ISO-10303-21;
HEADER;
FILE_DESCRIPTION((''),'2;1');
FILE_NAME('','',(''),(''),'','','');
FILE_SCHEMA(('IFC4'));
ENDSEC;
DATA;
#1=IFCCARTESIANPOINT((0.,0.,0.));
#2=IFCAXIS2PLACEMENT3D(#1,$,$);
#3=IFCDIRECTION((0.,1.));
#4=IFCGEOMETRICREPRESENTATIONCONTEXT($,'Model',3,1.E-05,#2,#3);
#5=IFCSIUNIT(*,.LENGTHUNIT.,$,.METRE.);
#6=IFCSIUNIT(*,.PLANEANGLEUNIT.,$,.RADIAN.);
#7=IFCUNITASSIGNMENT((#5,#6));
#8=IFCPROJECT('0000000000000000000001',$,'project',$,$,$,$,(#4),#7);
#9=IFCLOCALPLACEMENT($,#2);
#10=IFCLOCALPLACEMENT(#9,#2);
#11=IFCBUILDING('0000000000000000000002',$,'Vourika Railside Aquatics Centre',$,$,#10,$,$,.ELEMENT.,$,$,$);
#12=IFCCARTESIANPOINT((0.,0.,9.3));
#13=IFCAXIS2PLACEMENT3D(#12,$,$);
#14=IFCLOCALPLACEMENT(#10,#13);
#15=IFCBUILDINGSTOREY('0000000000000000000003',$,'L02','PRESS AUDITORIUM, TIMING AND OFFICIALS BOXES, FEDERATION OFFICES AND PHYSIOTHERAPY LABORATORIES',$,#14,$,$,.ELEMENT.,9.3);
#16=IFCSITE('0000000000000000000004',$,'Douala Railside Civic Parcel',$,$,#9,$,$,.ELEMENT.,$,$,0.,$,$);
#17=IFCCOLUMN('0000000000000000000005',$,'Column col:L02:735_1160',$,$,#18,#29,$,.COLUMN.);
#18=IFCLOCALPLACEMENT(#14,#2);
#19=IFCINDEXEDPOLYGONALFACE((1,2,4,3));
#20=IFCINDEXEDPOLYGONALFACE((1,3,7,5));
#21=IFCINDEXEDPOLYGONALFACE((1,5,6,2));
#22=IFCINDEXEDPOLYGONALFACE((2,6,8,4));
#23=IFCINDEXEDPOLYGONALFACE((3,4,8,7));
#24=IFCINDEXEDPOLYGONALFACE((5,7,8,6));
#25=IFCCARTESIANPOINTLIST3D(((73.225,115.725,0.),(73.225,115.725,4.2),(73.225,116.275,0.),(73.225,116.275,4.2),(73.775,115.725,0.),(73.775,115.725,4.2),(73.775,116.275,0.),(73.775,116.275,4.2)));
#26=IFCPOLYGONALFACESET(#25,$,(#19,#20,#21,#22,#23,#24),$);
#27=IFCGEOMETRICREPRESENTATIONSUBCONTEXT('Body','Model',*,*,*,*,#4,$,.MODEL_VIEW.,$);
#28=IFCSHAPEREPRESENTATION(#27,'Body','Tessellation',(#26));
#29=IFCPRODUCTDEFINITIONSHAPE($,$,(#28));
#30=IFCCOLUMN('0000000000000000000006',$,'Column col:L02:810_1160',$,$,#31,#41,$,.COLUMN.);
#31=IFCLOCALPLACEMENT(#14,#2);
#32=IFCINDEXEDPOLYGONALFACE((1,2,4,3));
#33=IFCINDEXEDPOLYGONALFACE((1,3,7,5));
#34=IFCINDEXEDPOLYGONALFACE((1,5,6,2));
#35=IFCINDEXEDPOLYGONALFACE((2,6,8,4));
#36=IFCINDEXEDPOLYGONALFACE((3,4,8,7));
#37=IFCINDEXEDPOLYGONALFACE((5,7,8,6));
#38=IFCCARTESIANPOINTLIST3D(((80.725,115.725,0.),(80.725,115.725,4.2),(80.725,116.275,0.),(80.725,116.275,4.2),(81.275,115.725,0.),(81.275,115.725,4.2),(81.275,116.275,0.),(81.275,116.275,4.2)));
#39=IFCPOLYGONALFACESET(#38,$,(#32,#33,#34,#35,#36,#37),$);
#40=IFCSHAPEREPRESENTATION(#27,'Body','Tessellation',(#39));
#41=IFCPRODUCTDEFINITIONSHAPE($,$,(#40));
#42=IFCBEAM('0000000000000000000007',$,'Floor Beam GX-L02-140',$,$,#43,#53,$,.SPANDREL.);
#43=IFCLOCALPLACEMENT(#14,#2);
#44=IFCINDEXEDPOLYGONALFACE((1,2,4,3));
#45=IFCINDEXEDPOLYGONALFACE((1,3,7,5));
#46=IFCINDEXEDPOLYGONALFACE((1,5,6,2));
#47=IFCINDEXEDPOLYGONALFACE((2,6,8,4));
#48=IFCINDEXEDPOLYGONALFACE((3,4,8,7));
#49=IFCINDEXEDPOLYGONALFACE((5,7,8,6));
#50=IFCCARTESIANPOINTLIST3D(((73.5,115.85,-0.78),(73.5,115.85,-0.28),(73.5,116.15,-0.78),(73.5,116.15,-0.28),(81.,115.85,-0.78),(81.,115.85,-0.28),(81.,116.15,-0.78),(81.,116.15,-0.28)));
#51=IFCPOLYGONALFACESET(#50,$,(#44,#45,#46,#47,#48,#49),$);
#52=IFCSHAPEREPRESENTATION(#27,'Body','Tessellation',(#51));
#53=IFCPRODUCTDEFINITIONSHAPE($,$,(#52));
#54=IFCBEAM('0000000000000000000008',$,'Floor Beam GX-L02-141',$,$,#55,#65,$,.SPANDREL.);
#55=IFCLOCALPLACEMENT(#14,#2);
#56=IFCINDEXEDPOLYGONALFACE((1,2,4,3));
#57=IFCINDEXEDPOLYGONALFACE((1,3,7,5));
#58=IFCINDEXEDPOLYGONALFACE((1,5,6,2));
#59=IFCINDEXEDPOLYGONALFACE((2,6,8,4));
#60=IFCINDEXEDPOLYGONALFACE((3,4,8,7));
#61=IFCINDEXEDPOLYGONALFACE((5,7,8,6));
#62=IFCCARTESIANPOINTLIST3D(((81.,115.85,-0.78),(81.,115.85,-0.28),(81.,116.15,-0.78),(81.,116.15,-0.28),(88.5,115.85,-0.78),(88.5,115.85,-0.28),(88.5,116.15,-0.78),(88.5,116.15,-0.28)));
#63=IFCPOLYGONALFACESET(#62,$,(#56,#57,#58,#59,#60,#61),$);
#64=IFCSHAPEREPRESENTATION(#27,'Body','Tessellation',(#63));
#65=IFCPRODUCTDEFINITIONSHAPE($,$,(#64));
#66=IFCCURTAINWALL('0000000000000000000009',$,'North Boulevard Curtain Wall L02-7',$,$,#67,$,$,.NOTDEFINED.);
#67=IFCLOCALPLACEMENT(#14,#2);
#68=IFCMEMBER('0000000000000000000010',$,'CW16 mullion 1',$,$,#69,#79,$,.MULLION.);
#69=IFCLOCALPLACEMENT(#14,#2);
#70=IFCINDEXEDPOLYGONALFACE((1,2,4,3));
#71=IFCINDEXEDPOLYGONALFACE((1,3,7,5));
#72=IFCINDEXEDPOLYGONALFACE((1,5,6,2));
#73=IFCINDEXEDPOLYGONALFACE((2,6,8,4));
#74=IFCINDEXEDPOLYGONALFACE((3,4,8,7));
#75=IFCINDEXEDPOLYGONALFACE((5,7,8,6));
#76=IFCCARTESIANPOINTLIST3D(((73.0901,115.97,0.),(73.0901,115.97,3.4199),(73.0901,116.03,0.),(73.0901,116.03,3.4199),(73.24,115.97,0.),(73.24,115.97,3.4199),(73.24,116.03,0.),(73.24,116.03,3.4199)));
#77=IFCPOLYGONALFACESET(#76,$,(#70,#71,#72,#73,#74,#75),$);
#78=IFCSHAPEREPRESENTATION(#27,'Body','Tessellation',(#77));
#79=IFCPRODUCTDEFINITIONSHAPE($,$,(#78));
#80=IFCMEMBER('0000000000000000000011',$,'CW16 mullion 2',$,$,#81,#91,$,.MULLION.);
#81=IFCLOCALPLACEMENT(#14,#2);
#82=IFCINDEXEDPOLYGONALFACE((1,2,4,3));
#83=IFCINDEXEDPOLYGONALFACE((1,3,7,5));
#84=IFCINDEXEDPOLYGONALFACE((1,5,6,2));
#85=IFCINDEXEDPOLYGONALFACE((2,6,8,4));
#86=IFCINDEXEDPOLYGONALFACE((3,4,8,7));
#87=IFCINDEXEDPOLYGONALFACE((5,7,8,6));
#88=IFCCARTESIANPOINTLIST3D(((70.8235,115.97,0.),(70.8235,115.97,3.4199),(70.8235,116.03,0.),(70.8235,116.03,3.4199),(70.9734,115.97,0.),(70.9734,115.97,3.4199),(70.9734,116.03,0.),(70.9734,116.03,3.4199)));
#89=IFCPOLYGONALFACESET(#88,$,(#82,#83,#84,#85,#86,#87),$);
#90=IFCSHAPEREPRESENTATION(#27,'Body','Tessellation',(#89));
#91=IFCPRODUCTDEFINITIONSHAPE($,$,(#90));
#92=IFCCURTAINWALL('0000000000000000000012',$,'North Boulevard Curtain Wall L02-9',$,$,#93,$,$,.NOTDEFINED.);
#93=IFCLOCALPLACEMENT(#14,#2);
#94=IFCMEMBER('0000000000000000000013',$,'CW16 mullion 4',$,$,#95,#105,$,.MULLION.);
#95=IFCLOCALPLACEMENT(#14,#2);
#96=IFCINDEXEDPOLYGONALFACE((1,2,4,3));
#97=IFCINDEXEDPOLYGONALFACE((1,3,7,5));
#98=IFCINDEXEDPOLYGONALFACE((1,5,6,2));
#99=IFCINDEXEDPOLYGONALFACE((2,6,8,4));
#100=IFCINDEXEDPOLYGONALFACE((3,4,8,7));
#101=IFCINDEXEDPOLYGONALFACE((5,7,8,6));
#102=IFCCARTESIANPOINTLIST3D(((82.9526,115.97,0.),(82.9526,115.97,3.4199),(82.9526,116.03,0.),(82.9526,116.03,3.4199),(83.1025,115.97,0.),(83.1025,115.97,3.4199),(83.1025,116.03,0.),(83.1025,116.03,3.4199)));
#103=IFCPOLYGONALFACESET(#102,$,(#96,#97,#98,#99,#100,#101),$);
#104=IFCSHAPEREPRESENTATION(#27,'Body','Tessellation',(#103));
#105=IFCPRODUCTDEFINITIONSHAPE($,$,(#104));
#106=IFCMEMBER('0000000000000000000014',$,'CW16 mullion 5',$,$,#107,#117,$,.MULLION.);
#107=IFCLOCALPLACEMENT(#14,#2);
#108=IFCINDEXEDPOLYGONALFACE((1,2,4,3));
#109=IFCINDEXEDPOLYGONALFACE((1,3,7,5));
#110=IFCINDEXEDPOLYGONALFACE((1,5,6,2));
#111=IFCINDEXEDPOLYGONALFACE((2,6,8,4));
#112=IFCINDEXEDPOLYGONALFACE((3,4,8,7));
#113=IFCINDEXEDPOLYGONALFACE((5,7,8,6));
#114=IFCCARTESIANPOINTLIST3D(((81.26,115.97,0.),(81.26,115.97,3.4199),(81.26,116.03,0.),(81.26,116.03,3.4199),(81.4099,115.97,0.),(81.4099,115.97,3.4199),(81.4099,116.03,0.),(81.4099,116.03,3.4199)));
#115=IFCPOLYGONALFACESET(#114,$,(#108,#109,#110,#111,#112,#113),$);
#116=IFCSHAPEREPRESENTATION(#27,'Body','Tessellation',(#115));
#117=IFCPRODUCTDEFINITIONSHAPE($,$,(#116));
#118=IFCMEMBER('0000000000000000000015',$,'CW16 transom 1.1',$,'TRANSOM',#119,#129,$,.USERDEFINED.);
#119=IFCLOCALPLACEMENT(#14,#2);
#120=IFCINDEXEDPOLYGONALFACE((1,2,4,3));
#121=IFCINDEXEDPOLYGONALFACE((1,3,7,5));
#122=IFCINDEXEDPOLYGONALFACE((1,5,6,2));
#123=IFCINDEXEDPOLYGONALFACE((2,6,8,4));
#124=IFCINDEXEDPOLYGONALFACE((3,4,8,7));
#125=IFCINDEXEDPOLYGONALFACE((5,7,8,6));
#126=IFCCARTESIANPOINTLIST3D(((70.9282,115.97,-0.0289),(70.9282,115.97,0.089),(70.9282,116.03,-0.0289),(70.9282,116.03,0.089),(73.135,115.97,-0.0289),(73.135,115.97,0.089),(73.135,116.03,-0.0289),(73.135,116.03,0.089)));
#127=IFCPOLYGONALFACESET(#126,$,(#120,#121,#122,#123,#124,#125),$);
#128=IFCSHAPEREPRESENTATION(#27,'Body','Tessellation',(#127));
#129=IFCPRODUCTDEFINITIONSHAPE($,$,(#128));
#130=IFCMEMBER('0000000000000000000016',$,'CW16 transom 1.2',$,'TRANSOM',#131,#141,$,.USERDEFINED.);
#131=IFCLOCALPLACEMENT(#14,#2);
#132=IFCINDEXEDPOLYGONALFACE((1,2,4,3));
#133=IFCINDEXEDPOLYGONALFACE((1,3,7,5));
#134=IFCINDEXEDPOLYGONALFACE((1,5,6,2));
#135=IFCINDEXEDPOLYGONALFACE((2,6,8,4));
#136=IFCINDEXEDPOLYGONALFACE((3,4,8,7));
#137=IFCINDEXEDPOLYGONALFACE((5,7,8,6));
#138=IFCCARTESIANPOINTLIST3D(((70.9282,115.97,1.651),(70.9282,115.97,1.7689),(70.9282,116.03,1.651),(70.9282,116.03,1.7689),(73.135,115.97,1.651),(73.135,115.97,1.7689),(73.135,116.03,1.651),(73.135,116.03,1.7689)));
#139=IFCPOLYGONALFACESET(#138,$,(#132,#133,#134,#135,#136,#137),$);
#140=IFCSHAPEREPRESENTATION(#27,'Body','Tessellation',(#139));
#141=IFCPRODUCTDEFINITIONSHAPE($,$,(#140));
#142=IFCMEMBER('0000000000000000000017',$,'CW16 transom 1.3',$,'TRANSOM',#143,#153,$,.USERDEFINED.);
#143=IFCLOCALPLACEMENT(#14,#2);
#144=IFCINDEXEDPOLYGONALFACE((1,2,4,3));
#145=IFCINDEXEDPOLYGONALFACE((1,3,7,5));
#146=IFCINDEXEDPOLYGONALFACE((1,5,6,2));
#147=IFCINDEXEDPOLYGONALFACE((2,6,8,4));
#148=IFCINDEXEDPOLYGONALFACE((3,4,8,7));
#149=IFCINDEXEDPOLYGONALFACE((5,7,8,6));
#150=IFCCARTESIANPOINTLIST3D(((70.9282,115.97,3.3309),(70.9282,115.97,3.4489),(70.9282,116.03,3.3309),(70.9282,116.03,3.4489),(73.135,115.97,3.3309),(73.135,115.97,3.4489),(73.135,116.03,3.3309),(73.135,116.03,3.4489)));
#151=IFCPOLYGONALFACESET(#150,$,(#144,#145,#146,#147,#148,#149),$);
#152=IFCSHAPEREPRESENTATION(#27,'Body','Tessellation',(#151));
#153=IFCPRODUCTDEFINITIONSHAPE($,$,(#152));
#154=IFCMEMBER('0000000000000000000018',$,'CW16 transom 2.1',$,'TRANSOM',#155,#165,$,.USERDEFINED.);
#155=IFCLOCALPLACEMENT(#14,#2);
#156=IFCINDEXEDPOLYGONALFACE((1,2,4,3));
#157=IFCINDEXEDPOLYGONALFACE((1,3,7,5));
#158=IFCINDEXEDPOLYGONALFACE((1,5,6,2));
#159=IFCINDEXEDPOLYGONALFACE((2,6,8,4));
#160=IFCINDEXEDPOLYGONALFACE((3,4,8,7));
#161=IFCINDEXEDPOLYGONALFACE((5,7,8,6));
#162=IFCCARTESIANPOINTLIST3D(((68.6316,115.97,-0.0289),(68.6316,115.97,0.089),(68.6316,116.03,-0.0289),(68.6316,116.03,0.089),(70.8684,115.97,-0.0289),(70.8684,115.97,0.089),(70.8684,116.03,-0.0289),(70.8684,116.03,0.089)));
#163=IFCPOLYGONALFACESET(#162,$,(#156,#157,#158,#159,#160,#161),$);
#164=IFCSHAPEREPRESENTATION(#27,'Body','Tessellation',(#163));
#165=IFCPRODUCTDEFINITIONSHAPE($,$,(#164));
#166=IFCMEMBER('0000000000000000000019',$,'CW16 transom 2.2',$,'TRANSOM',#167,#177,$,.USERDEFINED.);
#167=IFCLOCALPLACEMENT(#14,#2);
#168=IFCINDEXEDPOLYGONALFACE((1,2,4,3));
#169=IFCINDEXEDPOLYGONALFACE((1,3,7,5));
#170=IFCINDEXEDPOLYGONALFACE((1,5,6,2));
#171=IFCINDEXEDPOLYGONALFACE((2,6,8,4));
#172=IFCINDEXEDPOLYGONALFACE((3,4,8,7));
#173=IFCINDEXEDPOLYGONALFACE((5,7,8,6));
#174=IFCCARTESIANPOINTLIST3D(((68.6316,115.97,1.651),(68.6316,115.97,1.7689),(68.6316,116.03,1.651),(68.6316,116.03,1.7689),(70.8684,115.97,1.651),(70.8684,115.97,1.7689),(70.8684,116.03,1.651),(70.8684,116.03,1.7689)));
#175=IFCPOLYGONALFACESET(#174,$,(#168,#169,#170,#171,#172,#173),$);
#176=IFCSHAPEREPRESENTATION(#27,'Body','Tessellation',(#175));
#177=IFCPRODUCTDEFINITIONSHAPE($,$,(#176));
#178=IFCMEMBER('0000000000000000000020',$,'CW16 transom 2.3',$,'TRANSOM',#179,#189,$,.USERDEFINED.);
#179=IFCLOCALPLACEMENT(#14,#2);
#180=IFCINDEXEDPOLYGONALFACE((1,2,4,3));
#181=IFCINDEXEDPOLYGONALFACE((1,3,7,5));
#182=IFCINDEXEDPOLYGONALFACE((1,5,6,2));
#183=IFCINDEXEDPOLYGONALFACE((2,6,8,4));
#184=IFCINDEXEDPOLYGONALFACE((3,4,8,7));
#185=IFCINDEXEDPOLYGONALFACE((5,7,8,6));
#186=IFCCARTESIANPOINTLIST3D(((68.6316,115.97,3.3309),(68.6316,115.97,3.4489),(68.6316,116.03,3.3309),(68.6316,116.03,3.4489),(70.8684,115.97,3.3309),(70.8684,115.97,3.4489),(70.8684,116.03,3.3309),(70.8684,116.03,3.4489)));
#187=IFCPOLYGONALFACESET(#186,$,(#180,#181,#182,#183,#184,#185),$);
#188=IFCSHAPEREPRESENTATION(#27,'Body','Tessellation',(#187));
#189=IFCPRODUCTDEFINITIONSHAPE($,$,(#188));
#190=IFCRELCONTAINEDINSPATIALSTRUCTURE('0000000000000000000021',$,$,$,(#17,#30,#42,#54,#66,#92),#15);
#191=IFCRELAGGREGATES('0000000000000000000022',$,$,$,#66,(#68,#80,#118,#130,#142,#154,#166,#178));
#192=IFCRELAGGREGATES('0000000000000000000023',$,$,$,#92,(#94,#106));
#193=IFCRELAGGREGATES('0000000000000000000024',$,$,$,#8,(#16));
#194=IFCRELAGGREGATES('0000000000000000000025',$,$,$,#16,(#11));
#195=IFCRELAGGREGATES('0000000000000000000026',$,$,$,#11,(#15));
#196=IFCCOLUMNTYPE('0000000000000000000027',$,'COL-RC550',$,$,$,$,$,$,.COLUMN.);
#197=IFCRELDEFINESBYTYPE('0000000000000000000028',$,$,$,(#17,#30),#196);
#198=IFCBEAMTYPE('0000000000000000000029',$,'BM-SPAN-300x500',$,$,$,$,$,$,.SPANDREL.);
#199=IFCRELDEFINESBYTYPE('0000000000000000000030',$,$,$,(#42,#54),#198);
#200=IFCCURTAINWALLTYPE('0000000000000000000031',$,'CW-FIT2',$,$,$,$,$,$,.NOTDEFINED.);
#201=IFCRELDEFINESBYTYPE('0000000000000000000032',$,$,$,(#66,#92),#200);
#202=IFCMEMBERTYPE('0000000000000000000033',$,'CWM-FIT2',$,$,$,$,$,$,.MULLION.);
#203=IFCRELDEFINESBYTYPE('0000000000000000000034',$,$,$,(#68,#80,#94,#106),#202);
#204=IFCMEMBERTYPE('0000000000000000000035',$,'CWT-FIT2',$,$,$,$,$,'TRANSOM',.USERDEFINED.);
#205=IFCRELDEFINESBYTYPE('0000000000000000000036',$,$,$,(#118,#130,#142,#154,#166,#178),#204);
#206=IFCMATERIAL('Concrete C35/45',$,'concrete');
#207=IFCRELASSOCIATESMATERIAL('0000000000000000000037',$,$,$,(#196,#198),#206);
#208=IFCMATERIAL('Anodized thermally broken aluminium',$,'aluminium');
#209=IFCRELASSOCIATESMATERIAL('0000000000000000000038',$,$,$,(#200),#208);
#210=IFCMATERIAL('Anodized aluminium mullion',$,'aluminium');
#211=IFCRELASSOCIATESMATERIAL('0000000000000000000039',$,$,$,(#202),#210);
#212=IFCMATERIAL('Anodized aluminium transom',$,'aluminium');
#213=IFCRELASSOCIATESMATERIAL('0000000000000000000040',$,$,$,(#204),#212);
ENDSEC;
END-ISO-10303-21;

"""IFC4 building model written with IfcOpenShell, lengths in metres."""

from ifc_helpers import new_model, si_unit, direction, frame, origin, origin_2d, place, context, subcontext, project, spatial, rectangle, extrude, material, material_profile, profile_set, type_object, element, aggregate, save


model = new_model("IFC4")

# Units and contexts
model_context = context("Model", 3, precision=1e-05, world=origin(), true_north=direction((0.0, 1.0)))
body_context = subcontext(model_context, "Body", "Model", "MODEL_VIEW")
ifc_project = project(units=[si_unit("LENGTHUNIT", "METRE"), si_unit("PLANEANGLEUNIT", "RADIAN")], contexts=[model_context])

# Site, building, storey
site_placement = place(None, origin())
site = spatial("IfcSite", under=ifc_project, at=site_placement, Name="Douala Railside Civic Parcel", CompositionType="ELEMENT", RefElevation=0.0)
building_placement = place(site_placement, origin())
building = spatial("IfcBuilding", under=site, at=building_placement, Name="Vourika Railside Aquatics Centre", CompositionType="ELEMENT")
storey_placement = place(building_placement, frame((0.0, 0.0, 9.3)))
storey = spatial("IfcBuildingStorey", under=building, at=storey_placement, Name="L02", Description="PRESS AUDITORIUM, TIMING AND OFFICIALS BOXES, FEDERATION OFFICES AND PHYSIOTHERAPY LABORATORIES", CompositionType="ELEMENT", Elevation=9.3)

# Columns
ifc_material_1 = material(Name="Concrete C35/45", Category="concrete")
ifc_material_profile_1 = material_profile(ifc_material_1, rectangle(XDim=0.55, YDim=0.55, at=origin_2d()), Name="RC 550x550")
ifc_profile_set_1 = profile_set([ifc_material_profile_1], Name="Concrete C35/45")
column_type = type_object("IfcColumnType", Name="COL-RC550", PredefinedType="COLUMN", material=ifc_profile_set_1)
for number, where, z_axis, x_axis, name in (
    (1, (73.5, 116.0, 0.0), (0.0, 0.0, 1.0), (1.0, 0.0, 0.0), "Column col:L02:735_1160"),
    (2, (81.0, 116.0, 0.0), (0.0, 0.0, 1.0), (1.0, 0.0, 0.0), "Column col:L02:810_1160"),
):
    element("IfcColumn", number, at=place(storey_placement, frame(where, z_axis=z_axis, x_axis=x_axis)), inside=storey, type_object=column_type, Name=name, PredefinedType="COLUMN", context=body_context, shape_type="SweptSolid", body=[
        extrude(rectangle(XDim=0.55, YDim=0.55, at=origin_2d()), origin(), (0.0, 0.0, 1.0), 4.2),
    ])

# Beams
ifc_material_profile_2 = material_profile(ifc_material_1, rectangle(XDim=0.3, YDim=0.5, at=origin_2d()), Name="RC 300x500")
ifc_profile_set_2 = profile_set([ifc_material_profile_2], Name="Concrete C35/45")
beam_type = type_object("IfcBeamType", Name="BM-SPAN-300x500", PredefinedType="SPANDREL", material=ifc_profile_set_2)
for number, where, z_axis, x_axis, name in (
    (3, (73.5, 116.0, -0.53), (1.0, 0.0, 0.0), (0.0, 1.0, 0.0), "Floor Beam GX-L02-140"),
    (4, (81.0, 116.0, -0.53), (1.0, 0.0, 0.0), (0.0, 1.0, 0.0), "Floor Beam GX-L02-141"),
):
    element("IfcBeam", number, at=place(storey_placement, frame(where, z_axis=z_axis, x_axis=x_axis)), inside=storey, type_object=beam_type, Name=name, PredefinedType="SPANDREL", context=body_context, shape_type="SweptSolid", body=[
        extrude(rectangle(XDim=0.3, YDim=0.5, at=origin_2d()), origin(), (0.0, 0.0, 1.0), 7.5),
    ])

# Curtain walls, members
ifc_material_2 = material(Name="Anodized thermally broken aluminium", Category="aluminium")
curtain_wall_type = type_object("IfcCurtainWallType", Name="CW-FIT2", PredefinedType="NOTDEFINED", material=ifc_material_2)
curtain_wall_1_placement = place(storey_placement, origin())
curtain_wall_1 = element("IfcCurtainWall", 5, at=curtain_wall_1_placement, inside=storey, type_object=curtain_wall_type, Name="North Boulevard Curtain Wall L02-7", PredefinedType="NOTDEFINED")
ifc_material_3 = material(Name="Anodized aluminium mullion", Category="aluminium")
ifc_material_profile_3 = material_profile(ifc_material_3, rectangle(XDim=0.0601, YDim=0.1499, at=origin_2d()), Name="ALU-M 60x150")
ifc_profile_set_3 = profile_set([ifc_material_profile_3], Name="Anodized aluminium mullion")
member_type_1 = type_object("IfcMemberType", Name="CWM-FIT2", PredefinedType="MULLION", material=ifc_profile_set_3)
member_1_placement = place(storey_placement, frame((73.165, 116.0, 0.0), z_axis=(0.0, 0.0, 1.0), x_axis=(0.0, -1.0, 0.0)))
member_1 = element("IfcMember", 6, at=member_1_placement, type_object=member_type_1, Name="CW16 mullion 1", PredefinedType="MULLION", context=body_context, shape_type="SweptSolid", body=[
    extrude(rectangle(XDim=0.0601, YDim=0.1499, at=origin_2d()), origin(), (0.0, 0.0, 1.0), 3.4199),
])
member_2_placement = place(storey_placement, frame((70.8984, 116.0, 0.0), z_axis=(0.0, 0.0, 1.0), x_axis=(0.0, -1.0, 0.0)))
member_2 = element("IfcMember", 7, at=member_2_placement, type_object=member_type_1, Name="CW16 mullion 2", PredefinedType="MULLION", context=body_context, shape_type="SweptSolid", body=[
    extrude(rectangle(XDim=0.0601, YDim=0.1499, at=origin_2d()), origin(), (0.0, 0.0, 1.0), 3.4199),
])
curtain_wall_2_placement = place(storey_placement, origin())
curtain_wall_2 = element("IfcCurtainWall", 8, at=curtain_wall_2_placement, inside=storey, type_object=curtain_wall_type, Name="North Boulevard Curtain Wall L02-9", PredefinedType="NOTDEFINED")
member_3_placement = place(storey_placement, frame((83.0276, 116.0, 0.0), z_axis=(0.0, 0.0, 1.0), x_axis=(0.0, -1.0, 0.0)))
member_3 = element("IfcMember", 9, at=member_3_placement, type_object=member_type_1, Name="CW16 mullion 4", PredefinedType="MULLION", context=body_context, shape_type="SweptSolid", body=[
    extrude(rectangle(XDim=0.0601, YDim=0.1499, at=origin_2d()), origin(), (0.0, 0.0, 1.0), 3.4199),
])
member_4_placement = place(storey_placement, frame((81.335, 116.0, 0.0), z_axis=(0.0, 0.0, 1.0), x_axis=(0.0, -1.0, 0.0)))
member_4 = element("IfcMember", 10, at=member_4_placement, type_object=member_type_1, Name="CW16 mullion 5", PredefinedType="MULLION", context=body_context, shape_type="SweptSolid", body=[
    extrude(rectangle(XDim=0.0601, YDim=0.1499, at=origin_2d()), origin(), (0.0, 0.0, 1.0), 3.4199),
])

# Members
ifc_material_4 = material(Name="Anodized aluminium transom", Category="aluminium")
ifc_material_profile_4 = material_profile(ifc_material_4, rectangle(XDim=0.0601, YDim=0.1179, at=origin_2d()), Name="ALU-T 60x118")
ifc_profile_set_4 = profile_set([ifc_material_profile_4], Name="Anodized aluminium transom")
member_type_2 = type_object("IfcMemberType", Name="CWT-FIT2", ElementType="TRANSOM", PredefinedType="USERDEFINED", material=ifc_profile_set_4)
member_5_placement = place(storey_placement, frame((73.135, 116.0, 0.03), z_axis=(-1.0, 0.0, 0.0), x_axis=(0.0, -1.0, 0.0)))
member_5 = element("IfcMember", 11, at=member_5_placement, type_object=member_type_2, Name="CW16 transom 1.1", ObjectType="TRANSOM", PredefinedType="USERDEFINED", context=body_context, shape_type="SweptSolid", body=[
    extrude(rectangle(XDim=0.0601, YDim=0.1179, at=origin_2d()), origin(), (0.0, 0.0, 1.0), 2.2068),
])
member_6_placement = place(storey_placement, frame((73.135, 116.0, 1.71), z_axis=(-1.0, 0.0, 0.0), x_axis=(0.0, -1.0, 0.0)))
member_6 = element("IfcMember", 12, at=member_6_placement, type_object=member_type_2, Name="CW16 transom 1.2", ObjectType="TRANSOM", PredefinedType="USERDEFINED", context=body_context, shape_type="SweptSolid", body=[
    extrude(rectangle(XDim=0.0601, YDim=0.1179, at=origin_2d()), origin(), (0.0, 0.0, 1.0), 2.2068),
])
member_7_placement = place(storey_placement, frame((73.135, 116.0, 3.3899), z_axis=(-1.0, 0.0, 0.0), x_axis=(0.0, -1.0, 0.0)))
member_7 = element("IfcMember", 13, at=member_7_placement, type_object=member_type_2, Name="CW16 transom 1.3", ObjectType="TRANSOM", PredefinedType="USERDEFINED", context=body_context, shape_type="SweptSolid", body=[
    extrude(rectangle(XDim=0.0601, YDim=0.1179, at=origin_2d()), origin(), (0.0, 0.0, 1.0), 2.2068),
])
member_8_placement = place(storey_placement, frame((70.8684, 116.0, 0.03), z_axis=(-1.0, 0.0, 0.0), x_axis=(0.0, -1.0, 0.0)))
member_8 = element("IfcMember", 14, at=member_8_placement, type_object=member_type_2, Name="CW16 transom 2.1", ObjectType="TRANSOM", PredefinedType="USERDEFINED", context=body_context, shape_type="SweptSolid", body=[
    extrude(rectangle(XDim=0.0601, YDim=0.1179, at=origin_2d()), origin(), (0.0, 0.0, 1.0), 2.2368),
])
member_9_placement = place(storey_placement, frame((70.8684, 116.0, 1.71), z_axis=(-1.0, 0.0, 0.0), x_axis=(0.0, -1.0, 0.0)))
member_9 = element("IfcMember", 15, at=member_9_placement, type_object=member_type_2, Name="CW16 transom 2.2", ObjectType="TRANSOM", PredefinedType="USERDEFINED", context=body_context, shape_type="SweptSolid", body=[
    extrude(rectangle(XDim=0.0601, YDim=0.1179, at=origin_2d()), origin(), (0.0, 0.0, 1.0), 2.2368),
])
member_10_placement = place(storey_placement, frame((70.8684, 116.0, 3.3899), z_axis=(-1.0, 0.0, 0.0), x_axis=(0.0, -1.0, 0.0)))
member_10 = element("IfcMember", 16, at=member_10_placement, type_object=member_type_2, Name="CW16 transom 2.3", ObjectType="TRANSOM", PredefinedType="USERDEFINED", context=body_context, shape_type="SweptSolid", body=[
    extrude(rectangle(XDim=0.0601, YDim=0.1179, at=origin_2d()), origin(), (0.0, 0.0, 1.0), 2.2368),
])

aggregate(curtain_wall_1, [member_1, member_2, member_5, member_6, member_7, member_8, member_9, member_10])
aggregate(curtain_wall_2, [member_3, member_4])

save(model, "model.ifc")
